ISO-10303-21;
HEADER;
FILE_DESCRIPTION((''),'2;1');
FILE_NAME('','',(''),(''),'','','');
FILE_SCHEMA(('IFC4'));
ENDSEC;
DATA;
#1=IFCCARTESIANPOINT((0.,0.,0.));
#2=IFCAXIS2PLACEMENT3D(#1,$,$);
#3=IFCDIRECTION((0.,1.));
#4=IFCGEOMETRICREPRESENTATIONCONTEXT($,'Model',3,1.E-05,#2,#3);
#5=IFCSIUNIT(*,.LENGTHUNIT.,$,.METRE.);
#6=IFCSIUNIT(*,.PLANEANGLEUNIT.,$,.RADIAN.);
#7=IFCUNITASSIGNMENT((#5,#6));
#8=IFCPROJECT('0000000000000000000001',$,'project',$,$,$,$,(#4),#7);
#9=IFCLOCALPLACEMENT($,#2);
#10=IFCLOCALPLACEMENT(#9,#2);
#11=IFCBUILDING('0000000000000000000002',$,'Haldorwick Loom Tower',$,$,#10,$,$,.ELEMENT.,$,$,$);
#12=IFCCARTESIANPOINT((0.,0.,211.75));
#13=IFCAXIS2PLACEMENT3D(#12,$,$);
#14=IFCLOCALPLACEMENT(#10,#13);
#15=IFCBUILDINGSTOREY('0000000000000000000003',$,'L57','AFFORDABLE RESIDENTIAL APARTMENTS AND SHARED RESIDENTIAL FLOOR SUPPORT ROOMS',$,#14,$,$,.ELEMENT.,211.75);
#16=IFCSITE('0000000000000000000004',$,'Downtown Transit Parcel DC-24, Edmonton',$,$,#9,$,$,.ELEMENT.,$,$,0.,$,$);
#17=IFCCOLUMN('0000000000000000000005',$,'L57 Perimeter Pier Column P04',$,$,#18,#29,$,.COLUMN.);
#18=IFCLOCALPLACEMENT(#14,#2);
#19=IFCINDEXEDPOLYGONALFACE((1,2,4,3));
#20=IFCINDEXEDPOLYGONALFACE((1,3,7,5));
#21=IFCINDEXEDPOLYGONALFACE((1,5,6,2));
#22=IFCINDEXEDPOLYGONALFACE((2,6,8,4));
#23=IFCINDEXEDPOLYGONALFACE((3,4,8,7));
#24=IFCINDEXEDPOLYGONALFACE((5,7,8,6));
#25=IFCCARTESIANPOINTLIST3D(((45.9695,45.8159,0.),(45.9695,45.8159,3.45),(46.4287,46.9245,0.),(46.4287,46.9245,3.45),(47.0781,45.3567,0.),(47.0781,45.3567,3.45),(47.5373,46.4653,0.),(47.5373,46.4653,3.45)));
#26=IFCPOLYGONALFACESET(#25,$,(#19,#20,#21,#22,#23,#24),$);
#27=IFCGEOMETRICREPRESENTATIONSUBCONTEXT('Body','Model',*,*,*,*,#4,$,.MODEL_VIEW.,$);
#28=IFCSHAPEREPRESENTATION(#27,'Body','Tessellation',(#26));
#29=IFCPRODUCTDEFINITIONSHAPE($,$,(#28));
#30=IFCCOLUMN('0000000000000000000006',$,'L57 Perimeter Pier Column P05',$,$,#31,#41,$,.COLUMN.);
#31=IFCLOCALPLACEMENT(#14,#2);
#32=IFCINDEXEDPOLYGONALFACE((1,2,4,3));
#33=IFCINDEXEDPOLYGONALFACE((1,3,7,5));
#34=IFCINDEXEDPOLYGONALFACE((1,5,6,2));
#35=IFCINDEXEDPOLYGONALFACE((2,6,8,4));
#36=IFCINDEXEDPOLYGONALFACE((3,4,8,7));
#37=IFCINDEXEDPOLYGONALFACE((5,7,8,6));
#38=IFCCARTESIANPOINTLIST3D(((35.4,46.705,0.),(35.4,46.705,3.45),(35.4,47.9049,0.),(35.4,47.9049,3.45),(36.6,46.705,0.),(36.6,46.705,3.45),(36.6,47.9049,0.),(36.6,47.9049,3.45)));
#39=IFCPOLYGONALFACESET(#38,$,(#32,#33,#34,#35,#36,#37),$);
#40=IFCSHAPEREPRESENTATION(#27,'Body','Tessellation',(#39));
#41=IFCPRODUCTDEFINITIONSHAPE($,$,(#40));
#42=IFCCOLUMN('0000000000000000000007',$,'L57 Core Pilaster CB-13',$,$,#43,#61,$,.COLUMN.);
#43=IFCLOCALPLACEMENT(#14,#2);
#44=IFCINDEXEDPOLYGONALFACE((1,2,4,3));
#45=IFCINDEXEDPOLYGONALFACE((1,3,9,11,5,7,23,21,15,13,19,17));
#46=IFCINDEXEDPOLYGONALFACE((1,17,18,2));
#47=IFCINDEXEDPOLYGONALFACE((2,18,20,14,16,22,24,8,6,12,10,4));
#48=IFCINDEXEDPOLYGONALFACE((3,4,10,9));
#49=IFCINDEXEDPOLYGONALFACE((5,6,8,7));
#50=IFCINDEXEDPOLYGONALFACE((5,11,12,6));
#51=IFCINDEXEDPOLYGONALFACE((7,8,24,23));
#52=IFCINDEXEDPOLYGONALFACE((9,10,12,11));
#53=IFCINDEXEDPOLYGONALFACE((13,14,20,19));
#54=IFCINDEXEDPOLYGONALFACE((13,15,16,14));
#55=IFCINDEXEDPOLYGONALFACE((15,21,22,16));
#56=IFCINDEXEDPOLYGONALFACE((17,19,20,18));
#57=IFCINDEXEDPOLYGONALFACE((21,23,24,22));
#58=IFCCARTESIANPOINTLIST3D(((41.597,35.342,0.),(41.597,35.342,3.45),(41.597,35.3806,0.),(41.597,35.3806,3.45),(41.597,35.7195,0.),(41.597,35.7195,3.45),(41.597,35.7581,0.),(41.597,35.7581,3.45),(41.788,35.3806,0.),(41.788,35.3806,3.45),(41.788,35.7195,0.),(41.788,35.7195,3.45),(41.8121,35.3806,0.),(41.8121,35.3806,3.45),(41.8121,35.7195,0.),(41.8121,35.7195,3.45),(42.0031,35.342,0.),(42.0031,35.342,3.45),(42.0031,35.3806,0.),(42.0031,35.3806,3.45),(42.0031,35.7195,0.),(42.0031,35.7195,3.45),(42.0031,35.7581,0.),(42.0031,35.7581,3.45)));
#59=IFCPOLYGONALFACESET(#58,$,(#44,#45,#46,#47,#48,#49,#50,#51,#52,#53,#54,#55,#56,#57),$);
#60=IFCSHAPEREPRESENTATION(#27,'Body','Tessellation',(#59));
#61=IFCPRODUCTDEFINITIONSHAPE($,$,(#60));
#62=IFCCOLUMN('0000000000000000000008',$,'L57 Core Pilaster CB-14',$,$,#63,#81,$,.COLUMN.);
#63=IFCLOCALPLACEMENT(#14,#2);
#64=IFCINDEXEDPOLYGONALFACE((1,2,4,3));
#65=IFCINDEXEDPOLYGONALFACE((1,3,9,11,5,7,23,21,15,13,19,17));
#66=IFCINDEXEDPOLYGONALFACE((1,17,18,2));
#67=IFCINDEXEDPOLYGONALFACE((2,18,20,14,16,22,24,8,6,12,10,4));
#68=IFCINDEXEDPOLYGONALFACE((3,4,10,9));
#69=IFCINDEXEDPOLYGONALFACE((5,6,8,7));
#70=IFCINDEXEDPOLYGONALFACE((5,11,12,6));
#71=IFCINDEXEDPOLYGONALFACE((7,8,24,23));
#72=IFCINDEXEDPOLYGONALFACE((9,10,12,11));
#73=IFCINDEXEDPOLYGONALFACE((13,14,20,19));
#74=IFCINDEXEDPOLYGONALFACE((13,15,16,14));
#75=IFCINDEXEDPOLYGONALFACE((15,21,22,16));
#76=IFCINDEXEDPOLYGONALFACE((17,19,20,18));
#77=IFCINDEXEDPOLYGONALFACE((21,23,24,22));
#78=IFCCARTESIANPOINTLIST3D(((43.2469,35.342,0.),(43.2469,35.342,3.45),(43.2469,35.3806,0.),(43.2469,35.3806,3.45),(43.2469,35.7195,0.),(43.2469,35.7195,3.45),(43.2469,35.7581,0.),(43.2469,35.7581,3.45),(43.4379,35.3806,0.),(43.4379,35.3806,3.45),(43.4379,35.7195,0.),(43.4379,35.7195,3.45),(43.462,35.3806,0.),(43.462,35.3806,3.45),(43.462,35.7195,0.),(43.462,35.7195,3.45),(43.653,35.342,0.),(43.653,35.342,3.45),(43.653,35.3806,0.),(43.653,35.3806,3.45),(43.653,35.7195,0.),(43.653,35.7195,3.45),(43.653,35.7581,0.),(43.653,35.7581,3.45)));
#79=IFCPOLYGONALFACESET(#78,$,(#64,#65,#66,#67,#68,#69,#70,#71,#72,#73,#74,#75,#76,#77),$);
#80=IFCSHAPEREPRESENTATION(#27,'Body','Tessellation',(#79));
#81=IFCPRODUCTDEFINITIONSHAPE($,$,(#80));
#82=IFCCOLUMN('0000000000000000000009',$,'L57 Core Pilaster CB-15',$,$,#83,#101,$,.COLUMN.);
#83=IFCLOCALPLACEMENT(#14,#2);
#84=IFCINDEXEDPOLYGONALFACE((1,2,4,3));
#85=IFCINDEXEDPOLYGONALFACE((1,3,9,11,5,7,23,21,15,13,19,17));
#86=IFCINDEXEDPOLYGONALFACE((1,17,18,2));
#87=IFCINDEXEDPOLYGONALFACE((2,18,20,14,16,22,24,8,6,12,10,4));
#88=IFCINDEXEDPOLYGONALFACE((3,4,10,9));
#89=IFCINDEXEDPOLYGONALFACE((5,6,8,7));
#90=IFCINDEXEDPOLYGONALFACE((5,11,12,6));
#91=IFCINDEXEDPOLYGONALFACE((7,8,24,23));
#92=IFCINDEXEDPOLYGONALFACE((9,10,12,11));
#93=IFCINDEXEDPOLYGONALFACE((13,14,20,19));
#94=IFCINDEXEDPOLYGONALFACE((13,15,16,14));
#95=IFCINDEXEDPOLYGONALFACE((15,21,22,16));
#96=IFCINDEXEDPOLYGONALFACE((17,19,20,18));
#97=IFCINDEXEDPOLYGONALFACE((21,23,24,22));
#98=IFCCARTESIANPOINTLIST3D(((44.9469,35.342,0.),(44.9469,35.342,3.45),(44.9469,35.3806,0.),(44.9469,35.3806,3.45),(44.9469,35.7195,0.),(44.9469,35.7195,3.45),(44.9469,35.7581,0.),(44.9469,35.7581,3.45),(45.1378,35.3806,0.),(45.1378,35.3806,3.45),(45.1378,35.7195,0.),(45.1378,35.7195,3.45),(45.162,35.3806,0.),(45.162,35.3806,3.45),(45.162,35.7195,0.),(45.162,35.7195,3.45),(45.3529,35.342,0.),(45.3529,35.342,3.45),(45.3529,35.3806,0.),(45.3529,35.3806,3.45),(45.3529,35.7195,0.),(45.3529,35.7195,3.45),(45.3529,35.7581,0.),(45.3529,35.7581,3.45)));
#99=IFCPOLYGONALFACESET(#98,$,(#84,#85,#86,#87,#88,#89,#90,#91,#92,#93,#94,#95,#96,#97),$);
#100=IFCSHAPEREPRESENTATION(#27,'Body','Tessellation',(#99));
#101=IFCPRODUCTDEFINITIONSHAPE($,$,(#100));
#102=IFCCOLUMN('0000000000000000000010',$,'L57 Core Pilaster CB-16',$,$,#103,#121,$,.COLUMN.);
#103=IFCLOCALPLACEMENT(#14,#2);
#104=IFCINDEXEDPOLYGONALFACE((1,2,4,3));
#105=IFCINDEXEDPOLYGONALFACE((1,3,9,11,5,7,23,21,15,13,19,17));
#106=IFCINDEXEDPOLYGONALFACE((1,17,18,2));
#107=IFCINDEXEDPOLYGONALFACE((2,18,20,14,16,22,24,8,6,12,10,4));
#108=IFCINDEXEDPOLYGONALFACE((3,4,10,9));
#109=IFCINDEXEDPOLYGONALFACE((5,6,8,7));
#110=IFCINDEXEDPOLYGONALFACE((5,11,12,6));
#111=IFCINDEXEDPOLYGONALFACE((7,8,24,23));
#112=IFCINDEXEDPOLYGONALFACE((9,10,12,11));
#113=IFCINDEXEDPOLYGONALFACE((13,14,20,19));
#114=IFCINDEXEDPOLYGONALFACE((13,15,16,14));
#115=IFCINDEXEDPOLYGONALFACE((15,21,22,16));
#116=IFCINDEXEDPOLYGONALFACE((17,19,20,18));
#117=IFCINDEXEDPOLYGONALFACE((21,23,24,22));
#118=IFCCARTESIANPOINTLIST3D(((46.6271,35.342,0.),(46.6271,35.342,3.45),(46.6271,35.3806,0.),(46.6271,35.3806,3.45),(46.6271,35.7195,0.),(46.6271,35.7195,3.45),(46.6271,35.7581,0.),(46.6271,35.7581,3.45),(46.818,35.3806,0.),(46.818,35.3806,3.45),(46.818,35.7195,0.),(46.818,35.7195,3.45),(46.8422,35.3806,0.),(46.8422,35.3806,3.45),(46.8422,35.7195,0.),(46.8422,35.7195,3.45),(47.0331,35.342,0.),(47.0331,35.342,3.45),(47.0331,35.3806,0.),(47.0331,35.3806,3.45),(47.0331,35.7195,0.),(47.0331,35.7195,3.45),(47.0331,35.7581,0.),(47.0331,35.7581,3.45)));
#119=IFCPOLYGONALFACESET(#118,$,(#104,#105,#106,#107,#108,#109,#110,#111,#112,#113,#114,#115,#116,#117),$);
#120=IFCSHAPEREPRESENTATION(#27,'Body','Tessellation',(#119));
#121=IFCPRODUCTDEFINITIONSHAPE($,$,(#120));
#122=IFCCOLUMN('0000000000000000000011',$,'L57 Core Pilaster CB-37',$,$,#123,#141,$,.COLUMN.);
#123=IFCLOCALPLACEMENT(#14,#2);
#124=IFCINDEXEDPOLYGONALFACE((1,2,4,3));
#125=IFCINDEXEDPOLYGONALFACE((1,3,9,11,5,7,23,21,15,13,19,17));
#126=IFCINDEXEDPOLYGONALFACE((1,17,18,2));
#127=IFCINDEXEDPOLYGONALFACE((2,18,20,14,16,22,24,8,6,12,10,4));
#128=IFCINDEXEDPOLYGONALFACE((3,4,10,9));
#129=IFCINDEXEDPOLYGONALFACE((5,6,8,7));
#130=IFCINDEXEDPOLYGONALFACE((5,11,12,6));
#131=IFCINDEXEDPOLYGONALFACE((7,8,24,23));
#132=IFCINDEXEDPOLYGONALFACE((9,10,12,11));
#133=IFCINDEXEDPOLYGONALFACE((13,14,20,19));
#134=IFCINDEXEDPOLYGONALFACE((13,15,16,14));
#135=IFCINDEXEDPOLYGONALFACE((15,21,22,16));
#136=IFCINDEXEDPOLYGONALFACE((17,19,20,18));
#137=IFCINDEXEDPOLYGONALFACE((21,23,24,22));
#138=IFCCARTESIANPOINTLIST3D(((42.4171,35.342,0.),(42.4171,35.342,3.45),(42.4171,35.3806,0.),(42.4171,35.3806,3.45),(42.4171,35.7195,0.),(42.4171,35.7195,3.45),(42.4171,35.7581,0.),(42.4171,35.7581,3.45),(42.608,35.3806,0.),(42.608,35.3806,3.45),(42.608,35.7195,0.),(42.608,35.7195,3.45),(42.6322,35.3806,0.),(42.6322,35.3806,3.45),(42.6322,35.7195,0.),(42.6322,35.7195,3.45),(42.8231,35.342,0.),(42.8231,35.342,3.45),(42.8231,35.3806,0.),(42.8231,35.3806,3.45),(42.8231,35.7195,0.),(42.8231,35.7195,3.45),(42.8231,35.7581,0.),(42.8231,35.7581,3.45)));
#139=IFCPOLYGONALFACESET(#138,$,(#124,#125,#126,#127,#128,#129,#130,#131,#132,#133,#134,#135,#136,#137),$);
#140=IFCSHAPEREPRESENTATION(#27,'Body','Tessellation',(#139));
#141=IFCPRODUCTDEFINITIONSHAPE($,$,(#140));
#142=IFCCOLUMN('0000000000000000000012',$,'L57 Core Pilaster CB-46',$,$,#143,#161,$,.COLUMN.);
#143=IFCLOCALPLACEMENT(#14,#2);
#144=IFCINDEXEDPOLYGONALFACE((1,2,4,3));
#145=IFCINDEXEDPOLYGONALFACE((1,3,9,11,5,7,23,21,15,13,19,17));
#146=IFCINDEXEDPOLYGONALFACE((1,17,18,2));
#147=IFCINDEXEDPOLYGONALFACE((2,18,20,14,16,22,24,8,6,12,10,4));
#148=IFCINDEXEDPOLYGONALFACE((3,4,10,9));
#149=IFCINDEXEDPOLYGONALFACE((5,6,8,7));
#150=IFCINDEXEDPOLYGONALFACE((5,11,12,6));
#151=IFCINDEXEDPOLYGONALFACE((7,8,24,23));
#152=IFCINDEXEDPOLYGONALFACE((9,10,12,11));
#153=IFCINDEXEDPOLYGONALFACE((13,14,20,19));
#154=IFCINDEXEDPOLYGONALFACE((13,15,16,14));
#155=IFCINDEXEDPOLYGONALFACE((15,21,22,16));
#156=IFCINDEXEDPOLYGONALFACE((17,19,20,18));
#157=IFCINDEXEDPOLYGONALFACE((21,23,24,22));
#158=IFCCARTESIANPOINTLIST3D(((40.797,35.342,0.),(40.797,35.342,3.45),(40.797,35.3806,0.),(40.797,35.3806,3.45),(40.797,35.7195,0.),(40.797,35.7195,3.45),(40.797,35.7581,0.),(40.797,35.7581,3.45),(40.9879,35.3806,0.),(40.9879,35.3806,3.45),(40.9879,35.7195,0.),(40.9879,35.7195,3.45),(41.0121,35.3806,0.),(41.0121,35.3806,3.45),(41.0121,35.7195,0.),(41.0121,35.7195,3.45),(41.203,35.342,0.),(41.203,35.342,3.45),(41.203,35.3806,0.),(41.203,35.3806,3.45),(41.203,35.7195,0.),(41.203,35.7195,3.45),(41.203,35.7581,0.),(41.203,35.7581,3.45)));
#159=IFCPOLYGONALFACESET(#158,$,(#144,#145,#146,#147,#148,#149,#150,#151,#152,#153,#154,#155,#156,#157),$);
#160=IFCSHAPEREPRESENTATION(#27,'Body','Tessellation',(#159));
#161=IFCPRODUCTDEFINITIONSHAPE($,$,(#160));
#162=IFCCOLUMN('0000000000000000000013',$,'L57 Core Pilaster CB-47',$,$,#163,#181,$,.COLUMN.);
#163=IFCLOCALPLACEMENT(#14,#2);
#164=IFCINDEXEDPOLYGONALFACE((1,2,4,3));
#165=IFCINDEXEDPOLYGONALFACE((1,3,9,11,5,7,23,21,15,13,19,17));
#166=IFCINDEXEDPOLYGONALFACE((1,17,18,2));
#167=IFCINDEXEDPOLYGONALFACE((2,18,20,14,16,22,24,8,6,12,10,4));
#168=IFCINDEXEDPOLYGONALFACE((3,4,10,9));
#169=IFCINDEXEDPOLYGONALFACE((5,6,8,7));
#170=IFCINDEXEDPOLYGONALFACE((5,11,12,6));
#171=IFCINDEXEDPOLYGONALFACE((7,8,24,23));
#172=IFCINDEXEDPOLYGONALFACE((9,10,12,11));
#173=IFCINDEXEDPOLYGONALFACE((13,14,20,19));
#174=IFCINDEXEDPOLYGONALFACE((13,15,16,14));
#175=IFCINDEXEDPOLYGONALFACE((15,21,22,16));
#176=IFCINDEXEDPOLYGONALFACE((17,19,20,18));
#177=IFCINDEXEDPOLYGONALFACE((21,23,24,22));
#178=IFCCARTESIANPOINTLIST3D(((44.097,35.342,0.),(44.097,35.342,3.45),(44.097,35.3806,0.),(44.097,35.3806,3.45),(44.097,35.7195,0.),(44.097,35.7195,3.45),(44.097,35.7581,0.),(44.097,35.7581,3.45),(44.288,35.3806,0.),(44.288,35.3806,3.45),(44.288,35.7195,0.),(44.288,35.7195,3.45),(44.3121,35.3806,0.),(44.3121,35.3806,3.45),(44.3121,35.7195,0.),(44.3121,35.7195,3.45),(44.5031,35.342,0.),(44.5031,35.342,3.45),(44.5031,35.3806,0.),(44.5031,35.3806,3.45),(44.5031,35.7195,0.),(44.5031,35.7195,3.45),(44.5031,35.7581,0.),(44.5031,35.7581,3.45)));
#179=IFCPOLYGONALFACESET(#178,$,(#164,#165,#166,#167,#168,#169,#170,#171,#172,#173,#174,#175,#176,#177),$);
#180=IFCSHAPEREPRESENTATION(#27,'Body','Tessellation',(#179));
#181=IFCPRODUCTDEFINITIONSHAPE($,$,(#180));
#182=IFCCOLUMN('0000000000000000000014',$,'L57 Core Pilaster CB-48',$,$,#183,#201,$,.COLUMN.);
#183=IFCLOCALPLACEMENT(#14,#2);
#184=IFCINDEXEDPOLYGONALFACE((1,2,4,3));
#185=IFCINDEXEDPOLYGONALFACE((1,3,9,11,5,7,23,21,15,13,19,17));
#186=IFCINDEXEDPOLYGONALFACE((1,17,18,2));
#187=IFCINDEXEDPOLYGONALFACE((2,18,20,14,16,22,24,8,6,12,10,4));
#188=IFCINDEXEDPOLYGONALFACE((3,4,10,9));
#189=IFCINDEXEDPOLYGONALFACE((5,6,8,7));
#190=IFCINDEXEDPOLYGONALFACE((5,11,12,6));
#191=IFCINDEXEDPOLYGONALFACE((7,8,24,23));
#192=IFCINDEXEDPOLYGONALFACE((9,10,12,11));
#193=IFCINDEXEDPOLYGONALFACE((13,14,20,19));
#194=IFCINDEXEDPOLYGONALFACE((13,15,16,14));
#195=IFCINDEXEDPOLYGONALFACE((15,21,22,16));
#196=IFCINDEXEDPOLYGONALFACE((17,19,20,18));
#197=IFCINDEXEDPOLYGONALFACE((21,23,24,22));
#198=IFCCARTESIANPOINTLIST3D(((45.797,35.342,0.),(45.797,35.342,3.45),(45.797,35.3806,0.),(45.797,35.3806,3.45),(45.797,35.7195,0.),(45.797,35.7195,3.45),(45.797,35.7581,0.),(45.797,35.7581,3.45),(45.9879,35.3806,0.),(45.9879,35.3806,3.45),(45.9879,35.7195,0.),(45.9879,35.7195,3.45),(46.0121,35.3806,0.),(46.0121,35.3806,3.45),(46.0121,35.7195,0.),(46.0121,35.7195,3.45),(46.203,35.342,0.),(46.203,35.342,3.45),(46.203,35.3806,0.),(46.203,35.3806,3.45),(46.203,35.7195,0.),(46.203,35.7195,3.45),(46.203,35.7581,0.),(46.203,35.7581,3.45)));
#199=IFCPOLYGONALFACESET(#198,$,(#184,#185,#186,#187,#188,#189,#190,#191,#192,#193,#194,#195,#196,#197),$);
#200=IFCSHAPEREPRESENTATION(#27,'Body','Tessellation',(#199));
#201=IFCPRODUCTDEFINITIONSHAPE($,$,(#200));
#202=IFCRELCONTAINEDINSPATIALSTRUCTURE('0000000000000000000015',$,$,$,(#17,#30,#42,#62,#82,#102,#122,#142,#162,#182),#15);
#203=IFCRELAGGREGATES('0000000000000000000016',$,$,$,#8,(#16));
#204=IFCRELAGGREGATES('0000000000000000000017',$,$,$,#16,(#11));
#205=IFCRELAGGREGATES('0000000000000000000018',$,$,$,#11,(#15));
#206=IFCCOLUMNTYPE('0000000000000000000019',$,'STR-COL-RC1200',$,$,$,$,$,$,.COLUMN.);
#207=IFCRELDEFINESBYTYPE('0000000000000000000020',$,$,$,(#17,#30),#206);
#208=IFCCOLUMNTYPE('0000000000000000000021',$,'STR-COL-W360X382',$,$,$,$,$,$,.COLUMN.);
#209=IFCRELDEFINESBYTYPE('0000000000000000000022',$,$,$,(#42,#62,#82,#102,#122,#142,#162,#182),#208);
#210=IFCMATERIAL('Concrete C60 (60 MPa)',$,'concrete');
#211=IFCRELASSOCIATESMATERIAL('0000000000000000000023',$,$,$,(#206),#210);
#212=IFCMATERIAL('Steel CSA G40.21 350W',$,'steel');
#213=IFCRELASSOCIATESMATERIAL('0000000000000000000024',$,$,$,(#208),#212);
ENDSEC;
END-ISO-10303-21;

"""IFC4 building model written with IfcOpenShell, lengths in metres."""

from ifc_helpers import new_model, si_unit, direction, frame, origin, origin_2d, place, context, subcontext, project, spatial, rectangle, i_section, extrude, material, material_profile, profile_set, type_object, element, save


model = new_model("IFC4")

# Units and contexts
model_context = context("Model", 3, precision=1e-05, world=origin(), true_north=direction((0.0, 1.0)))
body_context = subcontext(model_context, "Body", "Model", "MODEL_VIEW")
ifc_project = project(units=[si_unit("LENGTHUNIT", "METRE"), si_unit("PLANEANGLEUNIT", "RADIAN")], contexts=[model_context])

# Site, building, storey
site_placement = place(None, origin())
site = spatial("IfcSite", under=ifc_project, at=site_placement, Name="Downtown Transit Parcel DC-24, Edmonton", CompositionType="ELEMENT", RefElevation=0.0)
building_placement = place(site_placement, origin())
building = spatial("IfcBuilding", under=site, at=building_placement, Name="Haldorwick Loom Tower", CompositionType="ELEMENT")
storey_placement = place(building_placement, frame((0.0, 0.0, 211.75)))
storey = spatial("IfcBuildingStorey", under=building, at=storey_placement, Name="L57", Description="AFFORDABLE RESIDENTIAL APARTMENTS AND SHARED RESIDENTIAL FLOOR SUPPORT ROOMS", CompositionType="ELEMENT", Elevation=211.75)

# Columns
ifc_material_1 = material(Name="Concrete C60 (60 MPa)", Category="concrete")
ifc_material_profile_1 = material_profile(ifc_material_1, rectangle(XDim=1.2, YDim=1.2, at=origin_2d()), Name="RC1200X1200", Category="concrete")
ifc_profile_set_1 = profile_set([ifc_material_profile_1], Name="Concrete C60 (60 MPa)")
column_type_1 = type_object("IfcColumnType", Name="STR-COL-RC1200", PredefinedType="COLUMN", material=ifc_profile_set_1)
for number, where, z_axis, x_axis, name in (
    (1, (46.7534, 46.1406, 0.0), (0.0, 0.0, 1.0), (0.382683, 0.92388, 0.0), "L57 Perimeter Pier Column P04"),
    (2, (36.0, 47.3049, 0.0), (0.0, 0.0, 1.0), (0.0, 1.0, 0.0), "L57 Perimeter Pier Column P05"),
):
    element("IfcColumn", number, at=place(storey_placement, frame(where, z_axis=z_axis, x_axis=x_axis)), inside=storey, type_object=column_type_1, Name=name, PredefinedType="COLUMN", context=body_context, shape_type="SweptSolid", body=[
        extrude(rectangle(XDim=1.2, YDim=1.2, at=origin_2d()), origin(), (0.0, 0.0, 1.0), 3.45),
    ])
ifc_material_2 = material(Name="Steel CSA G40.21 350W", Category="steel")
ifc_material_profile_2 = material_profile(ifc_material_2, i_section(OverallWidth=0.406, OverallDepth=0.416, WebThickness=0.0242, FlangeThickness=0.0386, at=origin_2d()), Name="W360X382", Category="steel")
ifc_profile_set_2 = profile_set([ifc_material_profile_2], Name="Steel CSA G40.21 350W")
column_type_2 = type_object("IfcColumnType", Name="STR-COL-W360X382", PredefinedType="COLUMN", material=ifc_profile_set_2)
for number, where, z_axis, x_axis, name in (
    (3, (41.8, 35.55, 0.0), (0.0, 0.0, 1.0), (1.0, 0.0, 0.0), "L57 Core Pilaster CB-13"),
    (4, (43.45, 35.55, 0.0), (0.0, 0.0, 1.0), (1.0, 0.0, 0.0), "L57 Core Pilaster CB-14"),
    (5, (45.1499, 35.55, 0.0), (0.0, 0.0, 1.0), (1.0, 0.0, 0.0), "L57 Core Pilaster CB-15"),
    (6, (46.8301, 35.55, 0.0), (0.0, 0.0, 1.0), (1.0, 0.0, 0.0), "L57 Core Pilaster CB-16"),
    (7, (42.6201, 35.55, 0.0), (0.0, 0.0, 1.0), (1.0, 0.0, 0.0), "L57 Core Pilaster CB-37"),
    (8, (41.0, 35.55, 0.0), (0.0, 0.0, 1.0), (1.0, 0.0, 0.0), "L57 Core Pilaster CB-46"),
    (9, (44.3, 35.55, 0.0), (0.0, 0.0, 1.0), (1.0, 0.0, 0.0), "L57 Core Pilaster CB-47"),
    (10, (46.0, 35.55, 0.0), (0.0, 0.0, 1.0), (1.0, 0.0, 0.0), "L57 Core Pilaster CB-48"),
):
    element("IfcColumn", number, at=place(storey_placement, frame(where, z_axis=z_axis, x_axis=x_axis)), inside=storey, type_object=column_type_2, Name=name, PredefinedType="COLUMN", context=body_context, shape_type="SweptSolid", body=[
        extrude(i_section(OverallWidth=0.406, OverallDepth=0.416, WebThickness=0.0242, FlangeThickness=0.0386, at=origin_2d()), origin(), (0.0, 0.0, 1.0), 3.45),
    ])

save(model, "model.ifc")
